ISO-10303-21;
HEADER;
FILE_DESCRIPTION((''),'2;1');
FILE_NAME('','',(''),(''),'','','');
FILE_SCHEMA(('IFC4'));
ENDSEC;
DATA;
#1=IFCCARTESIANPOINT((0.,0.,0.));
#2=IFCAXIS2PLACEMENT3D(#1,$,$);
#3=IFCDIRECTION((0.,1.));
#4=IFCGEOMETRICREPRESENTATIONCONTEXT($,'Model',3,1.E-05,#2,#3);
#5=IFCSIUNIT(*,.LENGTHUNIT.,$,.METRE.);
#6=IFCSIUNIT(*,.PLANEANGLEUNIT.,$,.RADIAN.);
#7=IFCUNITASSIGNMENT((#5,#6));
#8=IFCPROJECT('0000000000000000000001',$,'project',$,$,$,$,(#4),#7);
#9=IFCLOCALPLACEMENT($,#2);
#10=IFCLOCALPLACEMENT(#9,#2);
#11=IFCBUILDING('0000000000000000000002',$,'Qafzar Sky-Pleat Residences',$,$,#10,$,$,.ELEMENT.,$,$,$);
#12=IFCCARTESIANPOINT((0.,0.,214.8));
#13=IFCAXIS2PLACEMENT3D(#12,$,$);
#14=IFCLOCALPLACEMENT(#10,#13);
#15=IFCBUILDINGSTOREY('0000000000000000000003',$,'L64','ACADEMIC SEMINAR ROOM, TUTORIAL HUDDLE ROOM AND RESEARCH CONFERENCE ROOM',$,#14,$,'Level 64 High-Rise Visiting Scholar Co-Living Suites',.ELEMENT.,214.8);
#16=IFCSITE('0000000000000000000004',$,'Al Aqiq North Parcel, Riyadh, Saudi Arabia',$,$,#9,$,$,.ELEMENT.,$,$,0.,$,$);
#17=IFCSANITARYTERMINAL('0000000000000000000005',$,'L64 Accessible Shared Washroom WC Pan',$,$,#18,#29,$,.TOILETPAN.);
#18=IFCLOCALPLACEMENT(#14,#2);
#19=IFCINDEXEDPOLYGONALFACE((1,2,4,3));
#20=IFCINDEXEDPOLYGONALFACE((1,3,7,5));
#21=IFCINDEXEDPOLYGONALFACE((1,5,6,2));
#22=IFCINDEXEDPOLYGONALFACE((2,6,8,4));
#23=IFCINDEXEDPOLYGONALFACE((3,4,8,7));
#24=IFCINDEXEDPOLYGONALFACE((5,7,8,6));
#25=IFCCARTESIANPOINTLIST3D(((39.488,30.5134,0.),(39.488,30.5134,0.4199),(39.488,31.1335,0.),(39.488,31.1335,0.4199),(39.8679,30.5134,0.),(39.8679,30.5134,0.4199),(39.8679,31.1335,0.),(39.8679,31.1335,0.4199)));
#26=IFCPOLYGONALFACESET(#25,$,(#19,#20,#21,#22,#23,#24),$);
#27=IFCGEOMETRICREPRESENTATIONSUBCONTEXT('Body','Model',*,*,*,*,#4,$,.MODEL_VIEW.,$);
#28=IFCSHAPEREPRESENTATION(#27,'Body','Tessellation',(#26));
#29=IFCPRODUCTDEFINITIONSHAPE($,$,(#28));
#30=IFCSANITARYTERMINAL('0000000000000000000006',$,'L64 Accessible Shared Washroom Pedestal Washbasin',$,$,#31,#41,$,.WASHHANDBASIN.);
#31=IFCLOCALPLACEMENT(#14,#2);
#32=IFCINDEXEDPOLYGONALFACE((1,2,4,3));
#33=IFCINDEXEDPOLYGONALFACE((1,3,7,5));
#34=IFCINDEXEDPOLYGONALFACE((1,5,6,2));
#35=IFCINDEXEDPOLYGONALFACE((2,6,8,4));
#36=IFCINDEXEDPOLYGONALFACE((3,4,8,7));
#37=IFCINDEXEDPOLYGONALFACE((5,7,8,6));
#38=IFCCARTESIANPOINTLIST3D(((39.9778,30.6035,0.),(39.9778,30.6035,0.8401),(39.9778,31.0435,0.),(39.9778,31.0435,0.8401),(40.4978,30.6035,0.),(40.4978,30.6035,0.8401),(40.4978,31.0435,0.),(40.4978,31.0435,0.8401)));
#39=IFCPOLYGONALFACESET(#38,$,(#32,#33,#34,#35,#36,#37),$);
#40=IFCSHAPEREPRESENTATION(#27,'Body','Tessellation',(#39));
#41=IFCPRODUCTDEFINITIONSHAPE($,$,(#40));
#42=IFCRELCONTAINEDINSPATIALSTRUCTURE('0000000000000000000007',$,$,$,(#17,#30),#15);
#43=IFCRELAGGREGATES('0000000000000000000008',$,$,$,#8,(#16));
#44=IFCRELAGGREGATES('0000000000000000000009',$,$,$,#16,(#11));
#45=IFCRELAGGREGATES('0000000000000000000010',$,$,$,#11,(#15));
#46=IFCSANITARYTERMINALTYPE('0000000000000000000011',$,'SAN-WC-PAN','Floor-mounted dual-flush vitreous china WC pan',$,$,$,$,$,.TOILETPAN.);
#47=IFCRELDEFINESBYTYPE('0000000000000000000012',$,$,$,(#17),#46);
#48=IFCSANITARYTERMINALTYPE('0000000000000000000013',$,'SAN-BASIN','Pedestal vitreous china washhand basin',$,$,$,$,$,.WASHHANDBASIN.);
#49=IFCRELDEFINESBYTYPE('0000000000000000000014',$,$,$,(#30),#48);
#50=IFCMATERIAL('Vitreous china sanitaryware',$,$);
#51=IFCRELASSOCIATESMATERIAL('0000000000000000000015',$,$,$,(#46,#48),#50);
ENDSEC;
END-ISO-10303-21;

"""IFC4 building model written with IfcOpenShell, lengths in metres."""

from ifc_helpers import new_model, si_unit, direction, frame, origin, origin_2d, place, context, subcontext, project, spatial, rectangle, extrude, source, transform, mapped, material, type_object, element, save


model = new_model("IFC4")

# Units and contexts
model_context = context("Model", 3, precision=1e-05, world=origin(), true_north=direction((0.0, 1.0)))
body_context = subcontext(model_context, "Body", "Model", "MODEL_VIEW")
ifc_project = project(units=[si_unit("LENGTHUNIT", "METRE"), si_unit("PLANEANGLEUNIT", "RADIAN")], contexts=[model_context])

# Site, building, storey
site_placement = place(None, origin())
site = spatial("IfcSite", under=ifc_project, at=site_placement, Name="Al Aqiq North Parcel, Riyadh, Saudi Arabia", CompositionType="ELEMENT", RefElevation=0.0)
building_placement = place(site_placement, origin())
building = spatial("IfcBuilding", under=site, at=building_placement, Name="Qafzar Sky-Pleat Residences", CompositionType="ELEMENT")
storey_placement = place(building_placement, frame((0.0, 0.0, 214.8)))
storey = spatial("IfcBuildingStorey", under=building, at=storey_placement, Name="L64", Description="ACADEMIC SEMINAR ROOM, TUTORIAL HUDDLE ROOM AND RESEARCH CONFERENCE ROOM", LongName="Level 64 High-Rise Visiting Scholar Co-Living Suites", CompositionType="ELEMENT", Elevation=214.8)

# Sanitary terminals
ifc_material_1 = material(Name="Vitreous china sanitaryware")
sanitary_terminal_type_1 = type_object("IfcSanitaryTerminalType", Name="SAN-WC-PAN", Description="Floor-mounted dual-flush vitreous china WC pan", PredefinedType="TOILETPAN", material=ifc_material_1)
shared_shape_1 = source(origin(), body_context, "Body", "SweptSolid", [
    extrude(rectangle(XDim=0.3799, YDim=0.6201, at=origin_2d()), origin(), (0.0, 0.0, 1.0), 0.4199),
])
sanitary_terminal_1_placement = place(storey_placement, frame((39.678, 30.8235, 0.0), z_axis=(0.0, 0.0, 1.0), x_axis=(1.0, 0.0, 0.0)))
element("IfcSanitaryTerminal", 1, at=sanitary_terminal_1_placement, inside=storey, type_object=sanitary_terminal_type_1, Name="L64 Accessible Shared Washroom WC Pan", PredefinedType="TOILETPAN", context=body_context, shape_type="MappedRepresentation", body=[
    mapped(shared_shape_1, transform((0.0, 0.0, 0.0), x_axis=(1.0, 0.0, 0.0), y_axis=(0.0, 1.0, 0.0), z_axis=(0.0, 0.0, 1.0), scale=1.0)),
])
sanitary_terminal_type_2 = type_object("IfcSanitaryTerminalType", Name="SAN-BASIN", Description="Pedestal vitreous china washhand basin", PredefinedType="WASHHANDBASIN", material=ifc_material_1)
shared_shape_2 = source(origin(), body_context, "Body", "SweptSolid", [
    extrude(rectangle(XDim=0.52, YDim=0.4399, at=origin_2d()), origin(), (0.0, 0.0, 1.0), 0.8401),
])
sanitary_terminal_2_placement = place(storey_placement, frame((40.2378, 30.8235, 0.0), z_axis=(0.0, 0.0, 1.0), x_axis=(1.0, 0.0, 0.0)))
element("IfcSanitaryTerminal", 2, at=sanitary_terminal_2_placement, inside=storey, type_object=sanitary_terminal_type_2, Name="L64 Accessible Shared Washroom Pedestal Washbasin", PredefinedType="WASHHANDBASIN", context=body_context, shape_type="MappedRepresentation", body=[
    mapped(shared_shape_2, transform((0.0, 0.0, 0.0), x_axis=(1.0, 0.0, 0.0), y_axis=(0.0, 1.0, 0.0), z_axis=(0.0, 0.0, 1.0), scale=1.0)),
])

save(model, "model.ifc")
